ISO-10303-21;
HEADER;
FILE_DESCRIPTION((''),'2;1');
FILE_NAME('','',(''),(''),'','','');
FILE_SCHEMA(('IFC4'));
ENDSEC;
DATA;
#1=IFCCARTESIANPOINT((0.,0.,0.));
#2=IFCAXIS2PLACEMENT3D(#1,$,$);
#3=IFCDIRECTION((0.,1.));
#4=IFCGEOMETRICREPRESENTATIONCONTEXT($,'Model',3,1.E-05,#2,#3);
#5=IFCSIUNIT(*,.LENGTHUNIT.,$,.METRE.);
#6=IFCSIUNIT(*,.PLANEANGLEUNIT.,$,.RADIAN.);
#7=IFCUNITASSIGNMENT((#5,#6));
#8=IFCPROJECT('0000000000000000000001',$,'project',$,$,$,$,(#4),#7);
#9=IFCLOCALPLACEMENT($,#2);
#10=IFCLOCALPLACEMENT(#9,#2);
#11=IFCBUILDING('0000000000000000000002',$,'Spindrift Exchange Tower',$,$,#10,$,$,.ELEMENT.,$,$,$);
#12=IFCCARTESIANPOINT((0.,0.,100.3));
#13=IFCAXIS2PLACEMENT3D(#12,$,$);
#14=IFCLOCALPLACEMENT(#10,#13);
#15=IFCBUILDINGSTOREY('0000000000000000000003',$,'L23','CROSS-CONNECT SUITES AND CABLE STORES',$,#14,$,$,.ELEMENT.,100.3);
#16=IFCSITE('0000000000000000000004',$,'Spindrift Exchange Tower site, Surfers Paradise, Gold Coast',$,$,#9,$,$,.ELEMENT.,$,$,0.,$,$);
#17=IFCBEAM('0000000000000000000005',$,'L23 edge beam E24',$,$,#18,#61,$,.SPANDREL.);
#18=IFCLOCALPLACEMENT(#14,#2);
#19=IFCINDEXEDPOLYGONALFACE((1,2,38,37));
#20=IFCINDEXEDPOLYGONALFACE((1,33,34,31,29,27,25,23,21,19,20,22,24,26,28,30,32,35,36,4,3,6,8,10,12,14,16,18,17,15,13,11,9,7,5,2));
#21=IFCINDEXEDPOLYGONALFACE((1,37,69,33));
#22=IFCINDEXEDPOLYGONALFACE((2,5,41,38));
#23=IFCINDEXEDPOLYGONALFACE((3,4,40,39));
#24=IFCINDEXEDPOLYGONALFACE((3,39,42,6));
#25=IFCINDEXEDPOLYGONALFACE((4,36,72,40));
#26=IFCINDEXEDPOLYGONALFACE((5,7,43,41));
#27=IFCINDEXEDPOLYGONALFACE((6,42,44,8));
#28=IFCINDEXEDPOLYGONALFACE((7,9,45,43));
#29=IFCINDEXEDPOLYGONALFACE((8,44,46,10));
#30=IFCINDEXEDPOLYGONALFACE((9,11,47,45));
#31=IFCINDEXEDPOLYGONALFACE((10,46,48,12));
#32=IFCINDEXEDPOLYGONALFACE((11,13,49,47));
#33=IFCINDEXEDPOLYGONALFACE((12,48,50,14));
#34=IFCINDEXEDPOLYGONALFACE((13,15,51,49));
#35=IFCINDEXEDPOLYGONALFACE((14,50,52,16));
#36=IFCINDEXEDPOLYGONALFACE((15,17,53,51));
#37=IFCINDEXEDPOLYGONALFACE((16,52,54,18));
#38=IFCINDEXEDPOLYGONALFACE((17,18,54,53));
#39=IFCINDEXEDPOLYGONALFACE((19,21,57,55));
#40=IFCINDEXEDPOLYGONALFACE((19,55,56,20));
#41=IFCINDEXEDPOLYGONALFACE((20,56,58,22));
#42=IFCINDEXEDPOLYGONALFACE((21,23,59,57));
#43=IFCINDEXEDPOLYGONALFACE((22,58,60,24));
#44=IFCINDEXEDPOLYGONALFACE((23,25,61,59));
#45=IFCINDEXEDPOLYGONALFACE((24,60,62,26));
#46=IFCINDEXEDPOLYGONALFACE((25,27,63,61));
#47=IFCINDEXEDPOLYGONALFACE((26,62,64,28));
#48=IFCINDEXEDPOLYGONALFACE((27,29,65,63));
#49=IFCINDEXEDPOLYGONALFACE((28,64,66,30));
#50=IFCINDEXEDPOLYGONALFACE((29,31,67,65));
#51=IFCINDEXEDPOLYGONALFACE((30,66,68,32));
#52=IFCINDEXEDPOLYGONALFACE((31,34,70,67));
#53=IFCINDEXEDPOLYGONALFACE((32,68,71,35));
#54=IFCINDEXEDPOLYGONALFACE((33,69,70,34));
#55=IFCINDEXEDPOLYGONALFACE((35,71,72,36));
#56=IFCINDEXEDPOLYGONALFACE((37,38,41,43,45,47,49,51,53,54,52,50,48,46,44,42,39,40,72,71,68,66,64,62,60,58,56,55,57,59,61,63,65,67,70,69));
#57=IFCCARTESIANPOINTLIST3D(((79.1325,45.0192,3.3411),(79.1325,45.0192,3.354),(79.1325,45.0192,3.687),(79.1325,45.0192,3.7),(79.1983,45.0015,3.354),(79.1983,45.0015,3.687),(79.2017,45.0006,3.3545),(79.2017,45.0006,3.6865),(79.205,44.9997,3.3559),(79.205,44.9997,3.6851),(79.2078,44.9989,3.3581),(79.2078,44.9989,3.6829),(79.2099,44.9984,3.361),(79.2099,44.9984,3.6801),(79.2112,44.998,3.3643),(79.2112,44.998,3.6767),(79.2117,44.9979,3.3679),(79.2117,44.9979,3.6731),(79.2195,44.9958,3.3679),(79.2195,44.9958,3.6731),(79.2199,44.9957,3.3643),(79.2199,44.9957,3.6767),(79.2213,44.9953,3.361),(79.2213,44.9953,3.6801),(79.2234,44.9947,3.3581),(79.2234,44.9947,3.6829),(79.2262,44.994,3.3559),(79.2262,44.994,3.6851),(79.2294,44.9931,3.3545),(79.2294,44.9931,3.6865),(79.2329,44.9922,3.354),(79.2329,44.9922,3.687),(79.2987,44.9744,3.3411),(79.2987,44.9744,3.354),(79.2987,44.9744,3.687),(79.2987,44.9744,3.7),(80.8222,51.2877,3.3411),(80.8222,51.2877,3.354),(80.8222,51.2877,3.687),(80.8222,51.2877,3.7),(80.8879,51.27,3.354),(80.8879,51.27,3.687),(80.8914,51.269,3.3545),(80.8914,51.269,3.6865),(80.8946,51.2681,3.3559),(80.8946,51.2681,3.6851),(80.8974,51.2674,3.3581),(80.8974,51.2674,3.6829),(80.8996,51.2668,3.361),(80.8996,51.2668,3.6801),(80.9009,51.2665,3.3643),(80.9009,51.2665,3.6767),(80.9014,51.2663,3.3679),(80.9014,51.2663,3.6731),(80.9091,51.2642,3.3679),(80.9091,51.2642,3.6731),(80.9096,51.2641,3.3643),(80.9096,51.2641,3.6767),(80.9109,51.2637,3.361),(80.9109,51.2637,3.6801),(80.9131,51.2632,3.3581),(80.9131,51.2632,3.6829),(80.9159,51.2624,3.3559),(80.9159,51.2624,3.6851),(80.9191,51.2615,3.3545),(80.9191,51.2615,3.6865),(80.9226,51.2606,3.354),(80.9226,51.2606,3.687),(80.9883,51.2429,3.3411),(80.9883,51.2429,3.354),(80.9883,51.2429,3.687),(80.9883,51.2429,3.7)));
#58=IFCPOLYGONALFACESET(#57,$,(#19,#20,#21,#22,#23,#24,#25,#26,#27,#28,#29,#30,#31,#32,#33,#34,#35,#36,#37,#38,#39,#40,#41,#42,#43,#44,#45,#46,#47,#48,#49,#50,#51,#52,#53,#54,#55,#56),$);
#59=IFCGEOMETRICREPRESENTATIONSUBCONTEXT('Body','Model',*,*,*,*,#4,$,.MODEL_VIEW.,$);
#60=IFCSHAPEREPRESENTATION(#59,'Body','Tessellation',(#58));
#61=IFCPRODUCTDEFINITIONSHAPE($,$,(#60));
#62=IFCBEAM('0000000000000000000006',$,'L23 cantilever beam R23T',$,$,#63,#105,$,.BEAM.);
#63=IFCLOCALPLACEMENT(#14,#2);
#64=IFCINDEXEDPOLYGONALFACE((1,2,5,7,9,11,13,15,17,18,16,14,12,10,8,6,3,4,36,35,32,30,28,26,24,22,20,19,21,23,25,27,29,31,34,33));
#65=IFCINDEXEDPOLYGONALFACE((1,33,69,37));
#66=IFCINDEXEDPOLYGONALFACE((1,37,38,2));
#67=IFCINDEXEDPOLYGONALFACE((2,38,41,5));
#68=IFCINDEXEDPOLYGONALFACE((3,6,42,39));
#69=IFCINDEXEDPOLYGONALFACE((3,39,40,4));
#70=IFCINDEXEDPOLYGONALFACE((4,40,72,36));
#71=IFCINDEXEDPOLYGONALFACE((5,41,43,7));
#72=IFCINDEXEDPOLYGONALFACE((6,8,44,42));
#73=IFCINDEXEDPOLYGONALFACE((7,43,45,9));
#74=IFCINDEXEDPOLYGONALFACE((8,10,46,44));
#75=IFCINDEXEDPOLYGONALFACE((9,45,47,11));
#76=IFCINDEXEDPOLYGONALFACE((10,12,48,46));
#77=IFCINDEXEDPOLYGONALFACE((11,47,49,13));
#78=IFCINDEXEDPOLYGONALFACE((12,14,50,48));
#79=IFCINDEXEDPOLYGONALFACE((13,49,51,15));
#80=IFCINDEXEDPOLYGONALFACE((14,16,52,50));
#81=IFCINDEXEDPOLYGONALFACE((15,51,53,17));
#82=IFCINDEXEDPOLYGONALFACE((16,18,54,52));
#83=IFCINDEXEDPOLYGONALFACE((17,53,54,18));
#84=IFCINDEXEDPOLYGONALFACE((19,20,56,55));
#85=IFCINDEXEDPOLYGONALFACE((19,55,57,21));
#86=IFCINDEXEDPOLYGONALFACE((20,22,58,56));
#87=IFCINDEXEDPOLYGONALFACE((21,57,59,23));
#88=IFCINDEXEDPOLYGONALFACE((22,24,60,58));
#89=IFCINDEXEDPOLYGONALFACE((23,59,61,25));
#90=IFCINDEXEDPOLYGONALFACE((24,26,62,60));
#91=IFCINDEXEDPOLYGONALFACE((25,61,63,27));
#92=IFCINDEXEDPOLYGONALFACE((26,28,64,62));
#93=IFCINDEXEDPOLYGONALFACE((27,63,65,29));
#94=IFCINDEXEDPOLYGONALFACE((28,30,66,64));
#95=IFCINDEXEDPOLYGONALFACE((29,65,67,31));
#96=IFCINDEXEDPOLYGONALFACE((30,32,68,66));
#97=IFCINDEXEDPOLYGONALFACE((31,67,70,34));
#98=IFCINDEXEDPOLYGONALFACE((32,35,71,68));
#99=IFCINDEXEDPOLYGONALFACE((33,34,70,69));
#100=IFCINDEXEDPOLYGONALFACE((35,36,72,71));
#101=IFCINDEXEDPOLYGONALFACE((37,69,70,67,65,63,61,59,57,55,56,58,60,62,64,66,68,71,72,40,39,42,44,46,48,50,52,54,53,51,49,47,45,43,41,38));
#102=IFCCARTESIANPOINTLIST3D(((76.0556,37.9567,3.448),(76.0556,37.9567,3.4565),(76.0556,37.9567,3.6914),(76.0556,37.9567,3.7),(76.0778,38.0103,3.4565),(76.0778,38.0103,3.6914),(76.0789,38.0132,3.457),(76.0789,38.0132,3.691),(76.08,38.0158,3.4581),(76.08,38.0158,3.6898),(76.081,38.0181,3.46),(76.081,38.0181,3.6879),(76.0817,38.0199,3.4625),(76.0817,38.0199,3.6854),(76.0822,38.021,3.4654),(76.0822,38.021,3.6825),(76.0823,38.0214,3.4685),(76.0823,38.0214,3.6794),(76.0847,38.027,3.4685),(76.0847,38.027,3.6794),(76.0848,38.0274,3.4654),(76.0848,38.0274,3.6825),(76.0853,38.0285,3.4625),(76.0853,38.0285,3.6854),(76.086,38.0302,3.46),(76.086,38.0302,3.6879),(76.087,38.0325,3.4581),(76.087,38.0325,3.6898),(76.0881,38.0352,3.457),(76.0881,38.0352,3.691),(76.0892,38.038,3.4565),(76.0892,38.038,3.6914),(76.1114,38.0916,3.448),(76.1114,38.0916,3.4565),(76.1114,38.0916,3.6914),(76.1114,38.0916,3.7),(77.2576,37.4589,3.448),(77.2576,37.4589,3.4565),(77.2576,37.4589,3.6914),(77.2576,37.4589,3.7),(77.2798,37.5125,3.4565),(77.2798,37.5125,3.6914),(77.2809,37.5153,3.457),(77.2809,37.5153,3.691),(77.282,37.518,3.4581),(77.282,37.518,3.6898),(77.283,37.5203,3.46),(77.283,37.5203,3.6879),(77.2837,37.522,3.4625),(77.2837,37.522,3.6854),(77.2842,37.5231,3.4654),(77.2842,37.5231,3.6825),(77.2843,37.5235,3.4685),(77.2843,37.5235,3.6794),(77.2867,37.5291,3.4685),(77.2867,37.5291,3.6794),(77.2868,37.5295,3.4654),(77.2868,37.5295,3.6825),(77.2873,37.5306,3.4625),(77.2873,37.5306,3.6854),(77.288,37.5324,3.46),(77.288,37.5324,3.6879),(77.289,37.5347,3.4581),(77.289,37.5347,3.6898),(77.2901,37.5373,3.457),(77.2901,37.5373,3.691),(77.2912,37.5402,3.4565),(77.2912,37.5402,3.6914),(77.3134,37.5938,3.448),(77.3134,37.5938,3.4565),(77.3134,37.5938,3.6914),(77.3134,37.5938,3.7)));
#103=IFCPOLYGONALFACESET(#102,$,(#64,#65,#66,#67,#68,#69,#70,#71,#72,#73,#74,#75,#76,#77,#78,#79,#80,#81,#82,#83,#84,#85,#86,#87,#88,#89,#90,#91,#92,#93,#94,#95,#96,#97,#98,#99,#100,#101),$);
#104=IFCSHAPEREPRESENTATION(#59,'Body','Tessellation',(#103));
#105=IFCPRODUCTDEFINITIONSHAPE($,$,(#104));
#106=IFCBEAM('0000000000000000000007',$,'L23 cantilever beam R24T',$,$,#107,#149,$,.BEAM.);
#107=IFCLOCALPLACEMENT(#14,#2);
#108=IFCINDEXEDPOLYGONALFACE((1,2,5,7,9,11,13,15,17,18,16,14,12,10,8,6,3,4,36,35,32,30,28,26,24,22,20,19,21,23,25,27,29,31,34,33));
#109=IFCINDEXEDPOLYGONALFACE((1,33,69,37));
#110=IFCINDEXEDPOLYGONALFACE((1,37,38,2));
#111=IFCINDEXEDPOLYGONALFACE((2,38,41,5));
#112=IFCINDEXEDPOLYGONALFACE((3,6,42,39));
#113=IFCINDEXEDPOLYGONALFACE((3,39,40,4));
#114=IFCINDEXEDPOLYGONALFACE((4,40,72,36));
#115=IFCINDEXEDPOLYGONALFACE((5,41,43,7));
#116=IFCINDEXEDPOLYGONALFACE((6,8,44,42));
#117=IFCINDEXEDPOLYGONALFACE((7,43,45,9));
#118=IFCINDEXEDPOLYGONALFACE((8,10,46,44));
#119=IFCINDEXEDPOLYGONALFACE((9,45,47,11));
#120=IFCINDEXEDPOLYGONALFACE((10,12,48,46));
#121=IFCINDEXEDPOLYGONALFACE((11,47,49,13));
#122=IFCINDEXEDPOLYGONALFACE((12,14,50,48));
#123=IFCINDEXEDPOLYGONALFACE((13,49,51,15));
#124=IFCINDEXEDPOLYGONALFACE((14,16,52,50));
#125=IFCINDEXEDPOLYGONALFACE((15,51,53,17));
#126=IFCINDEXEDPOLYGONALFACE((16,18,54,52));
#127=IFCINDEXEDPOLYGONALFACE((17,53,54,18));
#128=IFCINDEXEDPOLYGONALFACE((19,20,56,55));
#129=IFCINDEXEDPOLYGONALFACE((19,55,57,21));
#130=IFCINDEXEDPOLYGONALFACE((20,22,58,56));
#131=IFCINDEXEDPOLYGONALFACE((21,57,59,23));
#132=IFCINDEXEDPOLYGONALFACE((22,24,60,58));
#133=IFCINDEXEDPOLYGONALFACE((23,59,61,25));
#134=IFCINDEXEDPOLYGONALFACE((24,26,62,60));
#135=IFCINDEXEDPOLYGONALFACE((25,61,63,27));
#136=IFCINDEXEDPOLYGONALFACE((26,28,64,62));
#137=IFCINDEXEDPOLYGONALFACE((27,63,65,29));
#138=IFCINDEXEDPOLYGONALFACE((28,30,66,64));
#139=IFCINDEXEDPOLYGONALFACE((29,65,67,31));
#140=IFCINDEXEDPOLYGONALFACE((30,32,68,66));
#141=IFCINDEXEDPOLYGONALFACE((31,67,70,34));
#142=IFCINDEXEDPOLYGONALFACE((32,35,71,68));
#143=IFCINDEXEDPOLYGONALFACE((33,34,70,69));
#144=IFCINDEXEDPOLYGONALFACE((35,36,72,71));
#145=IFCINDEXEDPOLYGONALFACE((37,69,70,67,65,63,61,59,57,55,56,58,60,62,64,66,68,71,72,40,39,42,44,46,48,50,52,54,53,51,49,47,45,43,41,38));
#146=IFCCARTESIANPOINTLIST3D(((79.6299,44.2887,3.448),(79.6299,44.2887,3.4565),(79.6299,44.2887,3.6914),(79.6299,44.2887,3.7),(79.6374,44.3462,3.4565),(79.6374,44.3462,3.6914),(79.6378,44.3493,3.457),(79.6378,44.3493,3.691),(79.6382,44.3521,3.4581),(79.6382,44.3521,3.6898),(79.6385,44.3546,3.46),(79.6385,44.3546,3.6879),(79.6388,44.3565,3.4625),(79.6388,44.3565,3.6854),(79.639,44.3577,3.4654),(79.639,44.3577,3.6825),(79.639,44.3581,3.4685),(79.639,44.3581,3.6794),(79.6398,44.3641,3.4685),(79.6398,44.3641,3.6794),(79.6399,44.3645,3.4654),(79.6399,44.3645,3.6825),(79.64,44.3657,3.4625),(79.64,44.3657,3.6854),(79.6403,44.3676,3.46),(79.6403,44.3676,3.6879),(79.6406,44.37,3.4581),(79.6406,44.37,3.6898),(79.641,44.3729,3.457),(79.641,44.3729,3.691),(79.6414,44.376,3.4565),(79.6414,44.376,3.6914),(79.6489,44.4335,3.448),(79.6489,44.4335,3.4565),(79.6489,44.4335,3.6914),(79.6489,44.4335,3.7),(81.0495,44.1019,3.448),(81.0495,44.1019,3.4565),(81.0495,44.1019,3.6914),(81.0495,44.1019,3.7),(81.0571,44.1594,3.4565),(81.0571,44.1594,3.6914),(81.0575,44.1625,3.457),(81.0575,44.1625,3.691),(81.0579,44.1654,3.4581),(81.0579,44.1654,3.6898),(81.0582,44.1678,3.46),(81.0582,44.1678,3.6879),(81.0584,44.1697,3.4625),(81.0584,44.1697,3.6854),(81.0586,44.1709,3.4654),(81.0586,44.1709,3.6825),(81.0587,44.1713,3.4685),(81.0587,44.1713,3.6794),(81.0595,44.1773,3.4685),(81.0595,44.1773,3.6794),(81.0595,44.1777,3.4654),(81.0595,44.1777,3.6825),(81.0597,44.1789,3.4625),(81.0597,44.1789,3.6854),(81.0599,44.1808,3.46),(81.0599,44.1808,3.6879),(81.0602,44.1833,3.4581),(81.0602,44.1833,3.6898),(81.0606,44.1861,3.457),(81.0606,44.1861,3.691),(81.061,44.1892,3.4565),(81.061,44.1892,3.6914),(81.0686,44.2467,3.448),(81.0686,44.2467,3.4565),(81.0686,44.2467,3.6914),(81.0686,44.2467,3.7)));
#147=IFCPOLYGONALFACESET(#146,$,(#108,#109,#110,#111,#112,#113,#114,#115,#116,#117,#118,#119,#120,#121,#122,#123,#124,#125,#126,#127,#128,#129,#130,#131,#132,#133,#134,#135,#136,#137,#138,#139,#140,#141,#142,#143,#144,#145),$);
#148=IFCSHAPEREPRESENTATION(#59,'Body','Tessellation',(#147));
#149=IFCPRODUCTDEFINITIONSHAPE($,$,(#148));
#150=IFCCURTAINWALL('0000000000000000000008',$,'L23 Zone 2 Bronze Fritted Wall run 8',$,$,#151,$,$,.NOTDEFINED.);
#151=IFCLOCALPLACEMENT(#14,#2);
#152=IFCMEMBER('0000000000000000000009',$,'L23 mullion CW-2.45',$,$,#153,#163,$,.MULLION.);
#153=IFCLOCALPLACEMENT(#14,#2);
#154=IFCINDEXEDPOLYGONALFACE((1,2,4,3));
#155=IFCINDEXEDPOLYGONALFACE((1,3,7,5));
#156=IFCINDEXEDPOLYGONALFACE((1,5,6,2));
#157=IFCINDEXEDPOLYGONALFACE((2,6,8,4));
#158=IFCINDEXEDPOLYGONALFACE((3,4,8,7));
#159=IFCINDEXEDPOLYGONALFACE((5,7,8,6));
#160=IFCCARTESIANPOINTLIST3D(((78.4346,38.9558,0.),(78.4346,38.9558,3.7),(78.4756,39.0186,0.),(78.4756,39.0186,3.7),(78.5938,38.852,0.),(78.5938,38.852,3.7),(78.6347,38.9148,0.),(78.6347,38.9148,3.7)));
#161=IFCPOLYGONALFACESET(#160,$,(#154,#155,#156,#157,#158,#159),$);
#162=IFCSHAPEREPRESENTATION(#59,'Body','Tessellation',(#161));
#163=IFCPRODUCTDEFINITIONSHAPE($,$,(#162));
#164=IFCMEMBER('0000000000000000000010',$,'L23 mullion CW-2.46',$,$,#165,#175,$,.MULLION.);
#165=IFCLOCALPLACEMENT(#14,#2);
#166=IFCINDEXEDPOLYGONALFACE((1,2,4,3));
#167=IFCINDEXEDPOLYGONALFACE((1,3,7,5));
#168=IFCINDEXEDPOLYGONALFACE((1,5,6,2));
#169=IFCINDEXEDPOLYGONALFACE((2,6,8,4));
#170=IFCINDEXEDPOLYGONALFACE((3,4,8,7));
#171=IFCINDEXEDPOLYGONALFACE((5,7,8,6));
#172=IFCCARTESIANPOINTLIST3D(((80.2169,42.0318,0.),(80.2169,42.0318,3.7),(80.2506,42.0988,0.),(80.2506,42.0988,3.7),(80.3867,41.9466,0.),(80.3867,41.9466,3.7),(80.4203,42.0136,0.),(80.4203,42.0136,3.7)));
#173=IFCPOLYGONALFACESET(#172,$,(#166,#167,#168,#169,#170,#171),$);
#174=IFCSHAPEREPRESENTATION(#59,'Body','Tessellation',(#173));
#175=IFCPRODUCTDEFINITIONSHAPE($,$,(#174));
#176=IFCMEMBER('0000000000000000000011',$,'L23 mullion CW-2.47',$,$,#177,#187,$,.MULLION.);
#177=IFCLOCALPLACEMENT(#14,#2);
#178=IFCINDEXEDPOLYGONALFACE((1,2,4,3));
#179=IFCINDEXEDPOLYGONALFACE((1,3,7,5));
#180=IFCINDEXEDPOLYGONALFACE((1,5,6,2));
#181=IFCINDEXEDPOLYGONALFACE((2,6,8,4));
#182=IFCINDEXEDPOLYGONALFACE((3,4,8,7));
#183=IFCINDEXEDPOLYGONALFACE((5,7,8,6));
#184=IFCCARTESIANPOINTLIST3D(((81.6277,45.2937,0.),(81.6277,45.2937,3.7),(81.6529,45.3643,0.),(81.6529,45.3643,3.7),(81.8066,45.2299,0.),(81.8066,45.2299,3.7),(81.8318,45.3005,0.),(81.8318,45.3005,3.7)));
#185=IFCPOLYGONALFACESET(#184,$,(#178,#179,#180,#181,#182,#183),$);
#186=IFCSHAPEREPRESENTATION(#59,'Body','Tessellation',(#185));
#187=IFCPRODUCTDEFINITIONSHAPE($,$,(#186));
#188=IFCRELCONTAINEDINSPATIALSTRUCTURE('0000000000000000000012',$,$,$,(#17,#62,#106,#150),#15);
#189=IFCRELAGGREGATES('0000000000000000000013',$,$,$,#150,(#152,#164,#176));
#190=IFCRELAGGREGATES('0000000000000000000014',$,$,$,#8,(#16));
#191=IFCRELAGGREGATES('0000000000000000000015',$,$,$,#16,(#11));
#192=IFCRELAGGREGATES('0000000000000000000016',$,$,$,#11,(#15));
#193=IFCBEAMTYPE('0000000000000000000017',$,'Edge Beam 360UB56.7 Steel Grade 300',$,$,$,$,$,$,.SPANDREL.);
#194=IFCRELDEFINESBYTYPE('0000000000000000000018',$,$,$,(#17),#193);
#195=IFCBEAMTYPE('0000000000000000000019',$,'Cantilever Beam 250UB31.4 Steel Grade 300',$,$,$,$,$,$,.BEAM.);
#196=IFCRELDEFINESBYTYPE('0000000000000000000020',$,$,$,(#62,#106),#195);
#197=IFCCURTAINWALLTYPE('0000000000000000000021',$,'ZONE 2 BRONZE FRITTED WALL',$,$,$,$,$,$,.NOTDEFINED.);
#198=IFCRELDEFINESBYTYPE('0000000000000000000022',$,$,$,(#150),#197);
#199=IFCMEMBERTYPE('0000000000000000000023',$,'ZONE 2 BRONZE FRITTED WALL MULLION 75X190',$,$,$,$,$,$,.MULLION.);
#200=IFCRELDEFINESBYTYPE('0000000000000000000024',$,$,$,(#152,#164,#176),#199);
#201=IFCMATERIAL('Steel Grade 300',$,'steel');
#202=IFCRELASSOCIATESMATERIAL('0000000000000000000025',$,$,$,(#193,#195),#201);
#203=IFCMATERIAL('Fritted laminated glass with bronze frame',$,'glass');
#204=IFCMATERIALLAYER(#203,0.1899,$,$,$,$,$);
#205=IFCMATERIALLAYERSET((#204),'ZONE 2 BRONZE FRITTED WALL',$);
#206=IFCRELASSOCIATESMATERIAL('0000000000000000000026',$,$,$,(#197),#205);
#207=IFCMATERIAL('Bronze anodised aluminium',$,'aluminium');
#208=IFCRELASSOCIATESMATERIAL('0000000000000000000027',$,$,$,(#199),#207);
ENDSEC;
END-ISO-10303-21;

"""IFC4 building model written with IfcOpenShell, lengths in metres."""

from ifc_helpers import new_model, si_unit, direction, frame, origin, origin_2d, place, context, subcontext, project, spatial, rectangle, i_section, extrude, source, transform, mapped, material, layer, layer_set, material_profile, profile_set, type_object, element, aggregate, save


model = new_model("IFC4")

# Units and contexts
model_context = context("Model", 3, precision=1e-05, world=origin(), true_north=direction((0.0, 1.0)))
body_context = subcontext(model_context, "Body", "Model", "MODEL_VIEW")
ifc_project = project(units=[si_unit("LENGTHUNIT", "METRE"), si_unit("PLANEANGLEUNIT", "RADIAN")], contexts=[model_context])

# Site, building, storey
site_placement = place(None, origin())
site = spatial("IfcSite", under=ifc_project, at=site_placement, Name="Spindrift Exchange Tower site, Surfers Paradise, Gold Coast", CompositionType="ELEMENT", RefElevation=0.0)
building_placement = place(site_placement, origin())
building = spatial("IfcBuilding", under=site, at=building_placement, Name="Spindrift Exchange Tower", CompositionType="ELEMENT")
storey_placement = place(building_placement, frame((0.0, 0.0, 100.3)))
storey = spatial("IfcBuildingStorey", under=building, at=storey_placement, Name="L23", Description="CROSS-CONNECT SUITES AND CABLE STORES", CompositionType="ELEMENT", Elevation=100.3)

# Beams
ifc_material_1 = material(Name="Steel Grade 300", Category="steel")
ifc_material_profile_1 = material_profile(ifc_material_1, i_section(OverallWidth=0.1721, OverallDepth=0.3589, WebThickness=0.0081, FlangeThickness=0.0129, FilletRadius=0.0139, at=origin_2d()), Name="360UB56.7")
ifc_profile_set_1 = profile_set([ifc_material_profile_1], Name="Steel Grade 300")
beam_type_1 = type_object("IfcBeamType", Name="Edge Beam 360UB56.7 Steel Grade 300", PredefinedType="SPANDREL", material=ifc_profile_set_1)
shared_shape_1 = source(origin(), body_context, "Body", "SweptSolid", [
    extrude(i_section(OverallWidth=0.1721, OverallDepth=0.3589, WebThickness=0.0081, FlangeThickness=0.0129, FilletRadius=0.0139, at=origin_2d()), origin(), (0.0, 0.0, 1.0), 6.4922),
])
beam_1_placement = place(storey_placement, frame((79.2156, 44.9968, 3.5205), z_axis=(0.260262, 0.965538, 0.0), x_axis=(-0.965538, 0.260262, 0.0)))
element("IfcBeam", 1, at=beam_1_placement, inside=storey, type_object=beam_type_1, Name="L23 edge beam E24", PredefinedType="SPANDREL", context=body_context, shape_type="MappedRepresentation", body=[
    mapped(shared_shape_1, transform((0.0, 0.0, 0.0), scale=1.0)),
])
ifc_material_profile_2 = material_profile(ifc_material_1, i_section(OverallWidth=0.146, OverallDepth=0.252, WebThickness=0.0061, FlangeThickness=0.0085, FilletRadius=0.012, at=origin_2d()), Name="250UB31.4")
ifc_profile_set_2 = profile_set([ifc_material_profile_2], Name="Steel Grade 300")
beam_type_2 = type_object("IfcBeamType", Name="Cantilever Beam 250UB31.4 Steel Grade 300", PredefinedType="BEAM", material=ifc_profile_set_2)
shared_shape_2 = source(origin(), body_context, "Body", "SweptSolid", [
    extrude(i_section(OverallWidth=0.146, OverallDepth=0.252, WebThickness=0.0061, FlangeThickness=0.0085, FilletRadius=0.012, at=origin_2d()), origin(), (0.0, 0.0, 1.0), 1.301),
])
beam_2_placement = place(storey_placement, frame((76.0835, 38.0242, 3.574), z_axis=(0.923891, -0.382656, 0.0), x_axis=(0.382656, 0.923891, 0.0)))
element("IfcBeam", 2, at=beam_2_placement, inside=storey, type_object=beam_type_2, Name="L23 cantilever beam R23T", PredefinedType="BEAM", context=body_context, shape_type="MappedRepresentation", body=[
    mapped(shared_shape_2, transform((0.0, 0.0, 0.0), scale=1.0)),
])
shared_shape_3 = source(origin(), body_context, "Body", "SweptSolid", [
    extrude(i_section(OverallWidth=0.146, OverallDepth=0.252, WebThickness=0.0061, FlangeThickness=0.0085, FilletRadius=0.012, at=origin_2d()), origin(), (0.0, 0.0, 1.0), 1.4319),
])
beam_3_placement = place(storey_placement, frame((79.6394, 44.3611, 3.574), z_axis=(0.991457, -0.130432, 0.0), x_axis=(0.130432, 0.991457, 0.0)))
element("IfcBeam", 3, at=beam_3_placement, inside=storey, type_object=beam_type_2, Name="L23 cantilever beam R24T", PredefinedType="BEAM", context=body_context, shape_type="MappedRepresentation", body=[
    mapped(shared_shape_3, transform((0.0, 0.0, 0.0), scale=1.0)),
])

# Curtain wall, members
ifc_material_2 = material(Name="Fritted laminated glass with bronze frame", Category="glass")
ifc_layer_1 = layer(ifc_material_2, 0.1899)
ifc_layer_set_1 = layer_set([ifc_layer_1], Name="ZONE 2 BRONZE FRITTED WALL")
curtain_wall_type = type_object("IfcCurtainWallType", Name="ZONE 2 BRONZE FRITTED WALL", PredefinedType="NOTDEFINED", material=ifc_layer_set_1)
curtain_wall_placement = place(storey_placement, origin())
curtain_wall = element("IfcCurtainWall", 4, at=curtain_wall_placement, inside=storey, type_object=curtain_wall_type, Name="L23 Zone 2 Bronze Fritted Wall run 8", PredefinedType="NOTDEFINED")
ifc_material_3 = material(Name="Bronze anodised aluminium", Category="aluminium")
ifc_material_profile_3 = material_profile(ifc_material_3, rectangle(XDim=0.075, YDim=0.1899, at=origin_2d()), Name="ZONE 2 BRONZE FRITTED WALL MULLION 75X190")
ifc_profile_set_3 = profile_set([ifc_material_profile_3], Name="Bronze anodised aluminium")
member_type_1 = type_object("IfcMemberType", Name="ZONE 2 BRONZE FRITTED WALL MULLION 75X190", PredefinedType="MULLION", material=ifc_profile_set_3)
shared_shape_4 = source(origin(), body_context, "Body", "SweptSolid", [
    extrude(rectangle(XDim=0.075, YDim=0.1899, at=origin_2d()), origin(), (0.0, 0.0, 1.0), 3.7),
])
member_1_placement = place(storey_placement, frame((78.5347, 38.9353, 0.0), z_axis=(0.0, 0.0, 1.0), x_axis=(0.546033, 0.837764, 0.0)))
member_1 = element("IfcMember", 5, at=member_1_placement, type_object=member_type_1, Name="L23 mullion CW-2.45", PredefinedType="MULLION", context=body_context, shape_type="MappedRepresentation", body=[
    mapped(shared_shape_4, transform((0.0, 0.0, 0.0), scale=1.0)),
])
member_2_placement = place(storey_placement, frame((80.3186, 42.0227, 0.0), z_axis=(0.0, 0.0, 1.0), x_axis=(0.448818, 0.893623, 0.0)))
member_2 = element("IfcMember", 6, at=member_2_placement, type_object=member_type_1, Name="L23 mullion CW-2.46", PredefinedType="MULLION", context=body_context, shape_type="MappedRepresentation", body=[
    mapped(shared_shape_4, transform((0.0, 0.0, 0.0), scale=1.0)),
])
member_3_placement = place(storey_placement, frame((81.7297, 45.2971, 0.0), z_axis=(0.0, 0.0, 1.0), x_axis=(0.335757, 0.941949, 0.0)))
member_3 = element("IfcMember", 7, at=member_3_placement, type_object=member_type_1, Name="L23 mullion CW-2.47", PredefinedType="MULLION", context=body_context, shape_type="MappedRepresentation", body=[
    mapped(shared_shape_4, transform((0.0, 0.0, 0.0), scale=1.0)),
])
aggregate(curtain_wall, [member_1, member_2, member_3])

save(model, "model.ifc")
